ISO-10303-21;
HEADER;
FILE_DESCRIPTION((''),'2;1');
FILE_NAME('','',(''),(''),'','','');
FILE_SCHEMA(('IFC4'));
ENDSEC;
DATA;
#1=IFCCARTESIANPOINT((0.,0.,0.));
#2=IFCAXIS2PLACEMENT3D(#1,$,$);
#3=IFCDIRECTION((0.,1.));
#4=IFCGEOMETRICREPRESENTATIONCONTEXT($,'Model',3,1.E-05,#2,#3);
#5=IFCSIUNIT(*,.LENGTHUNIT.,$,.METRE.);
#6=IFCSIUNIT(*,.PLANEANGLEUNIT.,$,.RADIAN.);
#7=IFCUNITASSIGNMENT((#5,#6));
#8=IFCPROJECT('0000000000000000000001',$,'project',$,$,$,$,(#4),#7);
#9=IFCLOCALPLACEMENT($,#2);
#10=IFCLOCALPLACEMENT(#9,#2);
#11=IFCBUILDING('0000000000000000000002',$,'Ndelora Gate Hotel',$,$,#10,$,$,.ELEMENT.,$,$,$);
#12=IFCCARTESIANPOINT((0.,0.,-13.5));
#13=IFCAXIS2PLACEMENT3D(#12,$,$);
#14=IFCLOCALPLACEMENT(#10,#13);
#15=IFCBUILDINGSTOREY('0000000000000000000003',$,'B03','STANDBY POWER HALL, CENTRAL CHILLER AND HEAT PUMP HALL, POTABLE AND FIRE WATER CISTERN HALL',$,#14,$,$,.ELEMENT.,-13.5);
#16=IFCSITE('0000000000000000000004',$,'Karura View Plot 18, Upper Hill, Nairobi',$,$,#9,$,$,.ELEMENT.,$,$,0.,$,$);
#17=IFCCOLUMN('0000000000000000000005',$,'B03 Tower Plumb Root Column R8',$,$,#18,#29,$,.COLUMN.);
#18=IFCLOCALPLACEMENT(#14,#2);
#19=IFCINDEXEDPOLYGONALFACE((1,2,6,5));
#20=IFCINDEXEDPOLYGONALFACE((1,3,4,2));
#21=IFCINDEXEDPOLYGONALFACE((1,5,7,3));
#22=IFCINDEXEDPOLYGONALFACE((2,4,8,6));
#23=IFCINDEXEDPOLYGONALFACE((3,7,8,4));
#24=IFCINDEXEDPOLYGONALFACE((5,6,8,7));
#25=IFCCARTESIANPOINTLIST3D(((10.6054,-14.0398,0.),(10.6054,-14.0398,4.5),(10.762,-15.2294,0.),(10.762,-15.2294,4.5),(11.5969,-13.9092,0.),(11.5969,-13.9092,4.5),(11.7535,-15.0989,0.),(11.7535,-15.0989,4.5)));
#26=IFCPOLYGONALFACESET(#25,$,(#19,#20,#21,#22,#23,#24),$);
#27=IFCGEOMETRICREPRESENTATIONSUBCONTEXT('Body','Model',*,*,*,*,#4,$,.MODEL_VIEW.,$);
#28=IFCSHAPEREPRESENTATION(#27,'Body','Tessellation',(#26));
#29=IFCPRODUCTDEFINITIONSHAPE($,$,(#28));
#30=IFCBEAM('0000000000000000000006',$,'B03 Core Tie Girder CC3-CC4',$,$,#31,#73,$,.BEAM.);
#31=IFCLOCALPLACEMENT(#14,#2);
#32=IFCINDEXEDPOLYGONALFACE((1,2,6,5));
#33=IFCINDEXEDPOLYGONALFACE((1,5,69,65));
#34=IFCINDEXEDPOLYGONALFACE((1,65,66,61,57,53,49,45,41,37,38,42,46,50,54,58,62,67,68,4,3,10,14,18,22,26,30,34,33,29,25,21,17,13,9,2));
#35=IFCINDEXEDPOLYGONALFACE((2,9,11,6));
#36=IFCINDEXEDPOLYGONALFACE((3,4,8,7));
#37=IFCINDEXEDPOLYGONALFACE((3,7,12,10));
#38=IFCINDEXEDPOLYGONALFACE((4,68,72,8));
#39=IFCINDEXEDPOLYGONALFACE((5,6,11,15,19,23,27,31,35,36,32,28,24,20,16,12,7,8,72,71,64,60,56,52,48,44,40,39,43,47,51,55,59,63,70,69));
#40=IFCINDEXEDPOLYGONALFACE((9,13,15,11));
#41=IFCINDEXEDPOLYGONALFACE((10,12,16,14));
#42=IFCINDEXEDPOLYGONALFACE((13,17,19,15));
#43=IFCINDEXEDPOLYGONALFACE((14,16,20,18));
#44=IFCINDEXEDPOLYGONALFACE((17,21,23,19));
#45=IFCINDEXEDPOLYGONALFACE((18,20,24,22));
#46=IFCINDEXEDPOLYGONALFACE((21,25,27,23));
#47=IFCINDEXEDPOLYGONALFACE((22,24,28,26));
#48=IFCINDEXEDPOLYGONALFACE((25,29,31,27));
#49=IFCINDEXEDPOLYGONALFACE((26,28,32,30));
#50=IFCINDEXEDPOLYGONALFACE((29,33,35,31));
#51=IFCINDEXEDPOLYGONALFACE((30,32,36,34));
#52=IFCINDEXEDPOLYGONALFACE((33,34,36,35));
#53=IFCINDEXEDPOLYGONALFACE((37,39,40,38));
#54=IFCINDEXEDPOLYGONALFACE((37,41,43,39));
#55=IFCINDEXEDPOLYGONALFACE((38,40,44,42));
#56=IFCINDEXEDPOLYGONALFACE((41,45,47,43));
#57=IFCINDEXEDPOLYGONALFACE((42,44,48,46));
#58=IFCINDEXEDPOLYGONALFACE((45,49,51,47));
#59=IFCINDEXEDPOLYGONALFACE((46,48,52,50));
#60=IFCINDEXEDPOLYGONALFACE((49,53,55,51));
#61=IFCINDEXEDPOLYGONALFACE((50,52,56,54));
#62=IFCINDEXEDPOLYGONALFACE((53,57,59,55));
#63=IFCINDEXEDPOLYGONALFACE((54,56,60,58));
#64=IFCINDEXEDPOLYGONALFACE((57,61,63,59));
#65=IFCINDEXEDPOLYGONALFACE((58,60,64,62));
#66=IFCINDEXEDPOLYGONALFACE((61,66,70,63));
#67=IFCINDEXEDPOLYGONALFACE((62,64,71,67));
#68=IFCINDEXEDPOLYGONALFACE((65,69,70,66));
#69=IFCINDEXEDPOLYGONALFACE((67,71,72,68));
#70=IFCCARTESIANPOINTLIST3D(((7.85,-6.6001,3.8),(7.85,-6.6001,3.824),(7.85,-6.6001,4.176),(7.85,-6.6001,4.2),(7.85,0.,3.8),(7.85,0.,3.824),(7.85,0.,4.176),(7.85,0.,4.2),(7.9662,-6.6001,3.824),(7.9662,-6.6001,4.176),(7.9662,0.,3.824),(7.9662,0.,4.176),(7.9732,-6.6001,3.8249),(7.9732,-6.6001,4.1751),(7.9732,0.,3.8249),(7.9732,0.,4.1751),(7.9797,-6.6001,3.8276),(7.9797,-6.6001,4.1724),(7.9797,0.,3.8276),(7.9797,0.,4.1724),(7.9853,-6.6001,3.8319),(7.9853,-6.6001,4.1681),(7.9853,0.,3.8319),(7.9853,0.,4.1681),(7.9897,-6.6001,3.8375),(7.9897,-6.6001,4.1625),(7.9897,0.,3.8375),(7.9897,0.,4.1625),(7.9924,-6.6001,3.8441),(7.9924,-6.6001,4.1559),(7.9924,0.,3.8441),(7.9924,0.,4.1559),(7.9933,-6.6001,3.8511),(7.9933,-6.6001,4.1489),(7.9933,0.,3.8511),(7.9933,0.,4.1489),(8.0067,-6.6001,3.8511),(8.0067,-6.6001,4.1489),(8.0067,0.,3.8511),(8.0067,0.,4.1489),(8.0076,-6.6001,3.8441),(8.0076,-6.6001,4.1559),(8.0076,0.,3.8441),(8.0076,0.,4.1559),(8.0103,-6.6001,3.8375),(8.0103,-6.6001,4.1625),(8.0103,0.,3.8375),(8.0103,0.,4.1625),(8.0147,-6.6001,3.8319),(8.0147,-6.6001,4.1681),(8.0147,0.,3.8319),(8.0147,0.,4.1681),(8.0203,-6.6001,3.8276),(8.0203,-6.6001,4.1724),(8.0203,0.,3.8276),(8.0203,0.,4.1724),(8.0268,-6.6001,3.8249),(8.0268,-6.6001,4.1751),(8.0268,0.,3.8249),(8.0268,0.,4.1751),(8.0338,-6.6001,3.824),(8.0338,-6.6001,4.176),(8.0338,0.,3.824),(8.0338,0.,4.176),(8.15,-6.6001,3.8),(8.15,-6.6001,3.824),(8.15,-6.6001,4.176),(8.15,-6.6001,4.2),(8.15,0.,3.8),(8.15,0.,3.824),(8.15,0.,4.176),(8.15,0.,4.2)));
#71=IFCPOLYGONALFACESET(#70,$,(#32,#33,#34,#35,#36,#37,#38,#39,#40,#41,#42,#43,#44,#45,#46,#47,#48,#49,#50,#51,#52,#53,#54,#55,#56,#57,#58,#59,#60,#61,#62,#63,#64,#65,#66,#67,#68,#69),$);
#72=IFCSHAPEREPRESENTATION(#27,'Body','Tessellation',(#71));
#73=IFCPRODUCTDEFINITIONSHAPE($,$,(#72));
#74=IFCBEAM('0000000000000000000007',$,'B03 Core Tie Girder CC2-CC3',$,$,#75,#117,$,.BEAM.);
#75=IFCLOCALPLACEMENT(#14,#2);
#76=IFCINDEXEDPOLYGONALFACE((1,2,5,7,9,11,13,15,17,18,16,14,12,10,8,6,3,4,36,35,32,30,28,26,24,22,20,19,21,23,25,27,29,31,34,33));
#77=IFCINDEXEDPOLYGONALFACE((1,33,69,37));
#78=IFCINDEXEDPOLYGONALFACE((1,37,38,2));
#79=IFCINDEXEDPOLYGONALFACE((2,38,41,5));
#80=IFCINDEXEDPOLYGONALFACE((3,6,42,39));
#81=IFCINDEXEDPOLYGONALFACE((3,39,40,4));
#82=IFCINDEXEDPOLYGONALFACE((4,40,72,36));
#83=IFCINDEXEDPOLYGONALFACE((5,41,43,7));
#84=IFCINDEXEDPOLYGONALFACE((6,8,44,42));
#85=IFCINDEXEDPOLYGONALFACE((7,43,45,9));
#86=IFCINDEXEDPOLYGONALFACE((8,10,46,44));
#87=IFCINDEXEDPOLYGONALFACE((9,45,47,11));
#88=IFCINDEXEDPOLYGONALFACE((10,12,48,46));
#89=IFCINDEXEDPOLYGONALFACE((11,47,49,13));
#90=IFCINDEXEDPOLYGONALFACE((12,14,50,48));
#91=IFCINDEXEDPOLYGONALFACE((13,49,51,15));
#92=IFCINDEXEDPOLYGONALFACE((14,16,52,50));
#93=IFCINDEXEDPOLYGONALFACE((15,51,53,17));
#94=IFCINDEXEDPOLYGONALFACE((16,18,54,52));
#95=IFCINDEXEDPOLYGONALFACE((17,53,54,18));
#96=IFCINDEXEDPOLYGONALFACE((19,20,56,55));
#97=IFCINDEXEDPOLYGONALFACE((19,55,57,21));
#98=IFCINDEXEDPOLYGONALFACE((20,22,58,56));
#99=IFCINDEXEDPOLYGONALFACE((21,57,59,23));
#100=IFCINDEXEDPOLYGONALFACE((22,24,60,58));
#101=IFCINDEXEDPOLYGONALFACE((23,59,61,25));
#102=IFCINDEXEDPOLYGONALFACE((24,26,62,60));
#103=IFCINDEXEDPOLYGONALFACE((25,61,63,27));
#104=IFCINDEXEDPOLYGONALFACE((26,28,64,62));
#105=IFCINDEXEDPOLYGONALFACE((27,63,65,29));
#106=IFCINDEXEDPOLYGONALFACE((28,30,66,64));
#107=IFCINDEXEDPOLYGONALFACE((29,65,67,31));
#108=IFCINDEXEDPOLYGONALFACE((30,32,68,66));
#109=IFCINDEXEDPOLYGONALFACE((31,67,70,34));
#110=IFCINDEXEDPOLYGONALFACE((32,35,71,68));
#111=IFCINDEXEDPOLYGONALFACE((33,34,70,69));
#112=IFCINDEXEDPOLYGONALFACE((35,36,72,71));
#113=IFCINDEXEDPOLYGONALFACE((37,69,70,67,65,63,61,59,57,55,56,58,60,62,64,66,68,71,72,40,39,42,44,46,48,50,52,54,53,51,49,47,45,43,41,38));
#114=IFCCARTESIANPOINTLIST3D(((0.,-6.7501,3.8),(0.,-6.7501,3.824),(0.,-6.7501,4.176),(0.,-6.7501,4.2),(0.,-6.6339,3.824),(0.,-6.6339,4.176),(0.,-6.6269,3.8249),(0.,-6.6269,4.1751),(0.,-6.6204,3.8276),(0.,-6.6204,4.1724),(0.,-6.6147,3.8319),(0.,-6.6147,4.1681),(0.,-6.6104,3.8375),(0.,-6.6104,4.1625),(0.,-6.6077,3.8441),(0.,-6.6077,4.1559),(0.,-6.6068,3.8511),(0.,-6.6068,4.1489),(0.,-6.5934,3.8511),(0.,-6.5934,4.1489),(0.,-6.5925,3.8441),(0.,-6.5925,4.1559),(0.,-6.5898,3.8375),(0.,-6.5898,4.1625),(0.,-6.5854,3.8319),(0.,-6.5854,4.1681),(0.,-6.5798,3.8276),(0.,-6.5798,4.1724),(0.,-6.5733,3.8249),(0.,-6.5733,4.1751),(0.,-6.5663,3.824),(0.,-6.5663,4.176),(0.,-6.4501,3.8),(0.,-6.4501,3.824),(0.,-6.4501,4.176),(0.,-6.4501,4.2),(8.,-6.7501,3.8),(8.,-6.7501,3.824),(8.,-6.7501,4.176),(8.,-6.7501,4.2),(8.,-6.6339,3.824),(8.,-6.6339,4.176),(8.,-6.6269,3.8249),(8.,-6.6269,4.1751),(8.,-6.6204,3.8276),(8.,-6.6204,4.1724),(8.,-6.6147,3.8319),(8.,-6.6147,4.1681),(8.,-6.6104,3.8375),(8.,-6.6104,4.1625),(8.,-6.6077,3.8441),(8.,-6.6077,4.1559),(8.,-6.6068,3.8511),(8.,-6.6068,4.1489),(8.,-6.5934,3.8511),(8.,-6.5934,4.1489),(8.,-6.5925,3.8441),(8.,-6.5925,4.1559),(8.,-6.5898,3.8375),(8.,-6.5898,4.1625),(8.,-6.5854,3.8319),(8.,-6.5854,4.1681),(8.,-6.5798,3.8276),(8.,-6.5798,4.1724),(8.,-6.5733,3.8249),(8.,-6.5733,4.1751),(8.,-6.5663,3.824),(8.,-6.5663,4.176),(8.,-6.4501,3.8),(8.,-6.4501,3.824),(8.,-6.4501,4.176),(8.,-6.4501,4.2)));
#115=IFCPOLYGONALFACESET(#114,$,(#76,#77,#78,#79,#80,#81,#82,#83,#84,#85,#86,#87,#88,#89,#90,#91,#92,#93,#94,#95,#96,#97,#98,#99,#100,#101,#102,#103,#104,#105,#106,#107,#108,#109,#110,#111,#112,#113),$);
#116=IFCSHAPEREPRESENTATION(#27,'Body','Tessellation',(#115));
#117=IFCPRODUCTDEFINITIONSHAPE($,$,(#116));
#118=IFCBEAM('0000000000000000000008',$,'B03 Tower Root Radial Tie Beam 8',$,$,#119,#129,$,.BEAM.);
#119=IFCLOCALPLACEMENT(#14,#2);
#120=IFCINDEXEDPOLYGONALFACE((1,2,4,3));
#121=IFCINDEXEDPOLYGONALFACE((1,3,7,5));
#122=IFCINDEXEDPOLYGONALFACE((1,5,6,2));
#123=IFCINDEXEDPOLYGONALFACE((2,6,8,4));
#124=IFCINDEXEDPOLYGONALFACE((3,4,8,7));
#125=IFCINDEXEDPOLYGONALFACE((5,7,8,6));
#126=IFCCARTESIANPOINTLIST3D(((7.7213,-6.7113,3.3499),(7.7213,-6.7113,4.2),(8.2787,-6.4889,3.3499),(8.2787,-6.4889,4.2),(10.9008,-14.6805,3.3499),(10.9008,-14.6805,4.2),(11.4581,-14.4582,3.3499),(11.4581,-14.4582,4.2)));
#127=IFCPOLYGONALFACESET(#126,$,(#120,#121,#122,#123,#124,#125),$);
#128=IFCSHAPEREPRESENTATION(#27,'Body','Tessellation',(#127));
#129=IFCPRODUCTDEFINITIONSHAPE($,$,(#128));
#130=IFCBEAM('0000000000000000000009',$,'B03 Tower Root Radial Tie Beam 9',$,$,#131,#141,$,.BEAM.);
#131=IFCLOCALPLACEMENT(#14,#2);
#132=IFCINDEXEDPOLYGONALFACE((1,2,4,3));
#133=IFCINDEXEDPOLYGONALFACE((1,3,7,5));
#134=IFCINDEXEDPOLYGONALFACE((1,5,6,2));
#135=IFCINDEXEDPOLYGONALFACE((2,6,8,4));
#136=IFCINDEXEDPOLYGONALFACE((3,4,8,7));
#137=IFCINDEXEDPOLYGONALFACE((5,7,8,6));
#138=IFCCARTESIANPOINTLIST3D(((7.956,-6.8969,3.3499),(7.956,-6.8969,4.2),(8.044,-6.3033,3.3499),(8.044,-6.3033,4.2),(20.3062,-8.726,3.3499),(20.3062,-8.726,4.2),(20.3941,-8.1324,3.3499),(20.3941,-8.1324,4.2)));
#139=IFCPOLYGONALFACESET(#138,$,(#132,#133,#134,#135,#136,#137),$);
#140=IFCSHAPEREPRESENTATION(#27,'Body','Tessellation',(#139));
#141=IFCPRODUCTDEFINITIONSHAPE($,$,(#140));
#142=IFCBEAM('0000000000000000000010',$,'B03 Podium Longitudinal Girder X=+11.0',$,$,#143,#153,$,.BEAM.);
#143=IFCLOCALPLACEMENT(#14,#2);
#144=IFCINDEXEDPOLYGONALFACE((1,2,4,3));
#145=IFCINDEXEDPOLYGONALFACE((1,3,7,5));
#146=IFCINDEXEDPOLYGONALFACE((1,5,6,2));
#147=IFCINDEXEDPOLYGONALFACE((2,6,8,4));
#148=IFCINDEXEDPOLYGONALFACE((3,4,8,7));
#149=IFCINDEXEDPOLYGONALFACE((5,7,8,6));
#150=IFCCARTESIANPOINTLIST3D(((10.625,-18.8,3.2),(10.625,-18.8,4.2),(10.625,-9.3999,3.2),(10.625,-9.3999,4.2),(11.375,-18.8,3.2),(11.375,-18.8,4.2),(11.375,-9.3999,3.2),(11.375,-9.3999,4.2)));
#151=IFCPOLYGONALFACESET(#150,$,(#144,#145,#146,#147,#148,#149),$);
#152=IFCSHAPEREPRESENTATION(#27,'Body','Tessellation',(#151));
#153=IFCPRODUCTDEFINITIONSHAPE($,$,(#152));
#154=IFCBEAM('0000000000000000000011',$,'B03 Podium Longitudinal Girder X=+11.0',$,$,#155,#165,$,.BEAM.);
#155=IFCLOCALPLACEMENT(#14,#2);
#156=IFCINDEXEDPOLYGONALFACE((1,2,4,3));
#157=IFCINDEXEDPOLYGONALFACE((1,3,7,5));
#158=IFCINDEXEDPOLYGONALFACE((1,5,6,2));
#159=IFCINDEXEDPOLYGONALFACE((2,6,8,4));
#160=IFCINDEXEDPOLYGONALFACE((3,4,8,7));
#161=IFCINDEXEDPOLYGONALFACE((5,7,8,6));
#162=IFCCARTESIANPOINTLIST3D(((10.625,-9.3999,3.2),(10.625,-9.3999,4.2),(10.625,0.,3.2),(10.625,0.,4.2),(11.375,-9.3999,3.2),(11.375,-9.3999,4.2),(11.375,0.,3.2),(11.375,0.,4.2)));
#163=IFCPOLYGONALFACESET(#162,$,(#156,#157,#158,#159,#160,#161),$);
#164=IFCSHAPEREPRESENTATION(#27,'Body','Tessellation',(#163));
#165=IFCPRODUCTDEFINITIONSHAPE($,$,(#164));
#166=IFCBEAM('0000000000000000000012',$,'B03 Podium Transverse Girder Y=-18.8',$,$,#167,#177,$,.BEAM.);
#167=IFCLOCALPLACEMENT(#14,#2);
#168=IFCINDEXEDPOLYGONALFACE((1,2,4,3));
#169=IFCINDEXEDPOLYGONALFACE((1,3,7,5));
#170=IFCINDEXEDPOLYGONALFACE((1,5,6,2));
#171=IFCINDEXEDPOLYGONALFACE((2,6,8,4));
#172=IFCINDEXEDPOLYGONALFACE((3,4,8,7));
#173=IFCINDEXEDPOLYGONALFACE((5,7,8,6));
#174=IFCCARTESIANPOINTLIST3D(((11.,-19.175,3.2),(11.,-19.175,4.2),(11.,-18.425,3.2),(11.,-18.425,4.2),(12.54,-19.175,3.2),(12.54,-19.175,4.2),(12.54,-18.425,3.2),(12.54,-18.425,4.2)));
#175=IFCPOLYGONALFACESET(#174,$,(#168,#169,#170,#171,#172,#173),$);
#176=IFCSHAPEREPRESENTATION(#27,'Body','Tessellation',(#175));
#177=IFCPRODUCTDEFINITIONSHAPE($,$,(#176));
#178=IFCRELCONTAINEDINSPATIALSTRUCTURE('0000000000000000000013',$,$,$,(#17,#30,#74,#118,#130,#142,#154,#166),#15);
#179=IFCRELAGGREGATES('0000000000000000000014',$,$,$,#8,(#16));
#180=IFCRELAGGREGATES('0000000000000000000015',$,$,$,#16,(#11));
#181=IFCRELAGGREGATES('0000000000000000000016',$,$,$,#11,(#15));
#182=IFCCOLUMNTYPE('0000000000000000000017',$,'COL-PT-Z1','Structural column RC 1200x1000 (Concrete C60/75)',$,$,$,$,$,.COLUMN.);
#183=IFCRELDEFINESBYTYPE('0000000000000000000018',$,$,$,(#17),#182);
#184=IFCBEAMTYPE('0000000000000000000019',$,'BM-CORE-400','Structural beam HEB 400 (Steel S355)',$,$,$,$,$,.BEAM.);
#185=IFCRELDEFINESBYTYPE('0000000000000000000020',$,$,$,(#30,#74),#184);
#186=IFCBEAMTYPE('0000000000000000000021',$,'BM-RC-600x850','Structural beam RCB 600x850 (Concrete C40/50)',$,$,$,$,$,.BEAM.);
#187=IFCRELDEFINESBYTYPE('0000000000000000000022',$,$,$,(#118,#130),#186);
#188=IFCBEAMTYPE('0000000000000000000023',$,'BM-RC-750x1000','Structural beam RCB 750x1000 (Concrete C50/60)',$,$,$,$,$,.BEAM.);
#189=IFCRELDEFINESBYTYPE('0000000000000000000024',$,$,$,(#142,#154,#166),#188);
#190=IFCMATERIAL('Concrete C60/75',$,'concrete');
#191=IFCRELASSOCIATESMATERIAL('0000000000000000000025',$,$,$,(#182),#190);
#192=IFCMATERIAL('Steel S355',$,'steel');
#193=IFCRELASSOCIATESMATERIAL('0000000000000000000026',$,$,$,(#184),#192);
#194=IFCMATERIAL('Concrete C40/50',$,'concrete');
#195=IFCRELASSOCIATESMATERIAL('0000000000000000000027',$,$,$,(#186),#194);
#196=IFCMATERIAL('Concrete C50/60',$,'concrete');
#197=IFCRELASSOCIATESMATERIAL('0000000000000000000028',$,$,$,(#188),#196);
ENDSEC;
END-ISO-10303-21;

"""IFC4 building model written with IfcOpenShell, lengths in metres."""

from ifc_helpers import new_model, si_unit, direction, frame, origin, origin_2d, place, context, subcontext, project, spatial, rectangle, i_section, extrude, material, material_profile, profile_set, type_object, element, save


model = new_model("IFC4")

# Units and contexts
model_context = context("Model", 3, precision=1e-05, world=origin(), true_north=direction((0.0, 1.0)))
body_context = subcontext(model_context, "Body", "Model", "MODEL_VIEW")
ifc_project = project(units=[si_unit("LENGTHUNIT", "METRE"), si_unit("PLANEANGLEUNIT", "RADIAN")], contexts=[model_context])

# Site, building, storey
site_placement = place(None, origin())
site = spatial("IfcSite", under=ifc_project, at=site_placement, Name="Karura View Plot 18, Upper Hill, Nairobi", CompositionType="ELEMENT", RefElevation=0.0)
building_placement = place(site_placement, origin())
building = spatial("IfcBuilding", under=site, at=building_placement, Name="Ndelora Gate Hotel", CompositionType="ELEMENT")
storey_placement = place(building_placement, frame((0.0, 0.0, -13.5)))
storey = spatial("IfcBuildingStorey", under=building, at=storey_placement, Name="B03", Description="STANDBY POWER HALL, CENTRAL CHILLER AND HEAT PUMP HALL, POTABLE AND FIRE WATER CISTERN HALL", CompositionType="ELEMENT", Elevation=-13.5)

# Shared definitions
ifc_material_1 = material(Name="Concrete C40/50", Category="concrete")

# Column
ifc_material_2 = material(Name="Concrete C60/75", Category="concrete")
ifc_material_profile_1 = material_profile(ifc_material_2, rectangle(XDim=1.0, YDim=1.2, at=origin_2d()), Name="RC 1200x1000")
ifc_profile_set_1 = profile_set([ifc_material_profile_1], Name="Concrete C60/75")
column_type_1 = type_object("IfcColumnType", Name="COL-PT-Z1", Description="Structural column RC 1200x1000 (Concrete C60/75)", PredefinedType="COLUMN", material=ifc_profile_set_1)
column_1_placement = place(storey_placement, frame((11.1794, -14.5693, 0.0), z_axis=(0.0, 0.0, 1.0), x_axis=(0.991445, 0.130526, 0.0)))
element("IfcColumn", 1, at=column_1_placement, inside=storey, type_object=column_type_1, Name="B03 Tower Plumb Root Column R8", PredefinedType="COLUMN", context=body_context, shape_type="SweptSolid", body=[
    extrude(rectangle(XDim=1.0, YDim=1.2, at=origin_2d()), origin(), (0.0, 0.0, 1.0), 4.5),
])

# Beams
ifc_material_3 = material(Name="Steel S355", Category="steel")
ifc_material_profile_2 = material_profile(ifc_material_3, i_section(OverallWidth=0.3, OverallDepth=0.3999, WebThickness=0.0134, FlangeThickness=0.0239, FilletRadius=0.0271, at=origin_2d()), Name="HEB 400")
ifc_profile_set_2 = profile_set([ifc_material_profile_2], Name="Steel S355")
beam_type_1 = type_object("IfcBeamType", Name="BM-CORE-400", Description="Structural beam HEB 400 (Steel S355)", PredefinedType="BEAM", material=ifc_profile_set_2)
beam_1_placement = place(storey_placement, frame((8.0, -6.6001, 4.0), z_axis=(0.0, 1.0, 0.0), x_axis=(-1.0, 0.0, 0.0)))
element("IfcBeam", 2, at=beam_1_placement, inside=storey, type_object=beam_type_1, Name="B03 Core Tie Girder CC3-CC4", PredefinedType="BEAM", context=body_context, shape_type="SweptSolid", body=[
    extrude(i_section(OverallWidth=0.3, OverallDepth=0.3999, WebThickness=0.0134, FlangeThickness=0.0239, FilletRadius=0.0271, at=origin_2d()), origin(), (0.0, 0.0, 1.0), 6.6001),
])
beam_2_placement = place(storey_placement, frame((0.0, -6.6001, 4.0), z_axis=(1.0, 0.0, 0.0), x_axis=(0.0, 1.0, 0.0)))
element("IfcBeam", 3, at=beam_2_placement, inside=storey, type_object=beam_type_1, Name="B03 Core Tie Girder CC2-CC3", PredefinedType="BEAM", context=body_context, shape_type="SweptSolid", body=[
    extrude(i_section(OverallWidth=0.3, OverallDepth=0.3999, WebThickness=0.0134, FlangeThickness=0.0239, FilletRadius=0.0271, at=origin_2d()), origin(), (0.0, 0.0, 1.0), 8.0),
])
ifc_material_profile_3 = material_profile(ifc_material_1, rectangle(XDim=0.6001, YDim=0.8501, at=origin_2d()), Name="RCB 600x850")
ifc_profile_set_3 = profile_set([ifc_material_profile_3], Name="Concrete C40/50")
beam_type_2 = type_object("IfcBeamType", Name="BM-RC-600x850", Description="Structural beam RCB 600x850 (Concrete C40/50)", PredefinedType="BEAM", material=ifc_profile_set_3)
beam_3_placement = place(storey_placement, frame((8.0, -6.6001, 3.7749), z_axis=(0.370561, -0.928808, 0.0), x_axis=(0.928808, 0.370561, 0.0)))
element("IfcBeam", 4, at=beam_3_placement, inside=storey, type_object=beam_type_2, Name="B03 Tower Root Radial Tie Beam 8", PredefinedType="BEAM", context=body_context, shape_type="SweptSolid", body=[
    extrude(rectangle(XDim=0.6001, YDim=0.8501, at=origin_2d()), origin(), (0.0, 0.0, 1.0), 8.5801),
])
beam_4_placement = place(storey_placement, frame((8.0, -6.6001, 3.7749), z_axis=(0.98921, -0.146506, 0.0), x_axis=(0.146506, 0.98921, 0.0)))
element("IfcBeam", 5, at=beam_4_placement, inside=storey, type_object=beam_type_2, Name="B03 Tower Root Radial Tie Beam 9", PredefinedType="BEAM", context=body_context, shape_type="SweptSolid", body=[
    extrude(rectangle(XDim=0.6001, YDim=0.8501, at=origin_2d()), origin(), (0.0, 0.0, 1.0), 12.4849),
])
ifc_material_4 = material(Name="Concrete C50/60", Category="concrete")
ifc_material_profile_4 = material_profile(ifc_material_4, rectangle(XDim=0.75, YDim=1.0, at=origin_2d()), Name="RCB 750x1000")
ifc_profile_set_4 = profile_set([ifc_material_profile_4], Name="Concrete C50/60")
beam_type_3 = type_object("IfcBeamType", Name="BM-RC-750x1000", Description="Structural beam RCB 750x1000 (Concrete C50/60)", PredefinedType="BEAM", material=ifc_profile_set_4)
beam_5_placement = place(storey_placement, frame((11.0, -18.8, 3.7), z_axis=(0.0, 1.0, 0.0), x_axis=(-1.0, 0.0, 0.0)))
element("IfcBeam", 6, at=beam_5_placement, inside=storey, type_object=beam_type_3, Name="B03 Podium Longitudinal Girder X=+11.0", PredefinedType="BEAM", context=body_context, shape_type="SweptSolid", body=[
    extrude(rectangle(XDim=0.75, YDim=1.0, at=origin_2d()), origin(), (0.0, 0.0, 1.0), 9.4001),
])
beam_6_placement = place(storey_placement, frame((11.0, -9.3999, 3.7), z_axis=(0.0, 1.0, 0.0), x_axis=(-1.0, 0.0, 0.0)))
element("IfcBeam", 7, at=beam_6_placement, inside=storey, type_object=beam_type_3, Name="B03 Podium Longitudinal Girder X=+11.0", PredefinedType="BEAM", context=body_context, shape_type="SweptSolid", body=[
    extrude(rectangle(XDim=0.75, YDim=1.0, at=origin_2d()), origin(), (0.0, 0.0, 1.0), 9.3999),
])
beam_7_placement = place(storey_placement, frame((11.0, -18.8, 3.7), z_axis=(1.0, 0.0, 0.0), x_axis=(0.0, 1.0, 0.0)))
element("IfcBeam", 8, at=beam_7_placement, inside=storey, type_object=beam_type_3, Name="B03 Podium Transverse Girder Y=-18.8", PredefinedType="BEAM", context=body_context, shape_type="SweptSolid", body=[
    extrude(rectangle(XDim=0.75, YDim=1.0, at=origin_2d()), origin(), (0.0, 0.0, 1.0), 1.54),
])

save(model, "model.ifc")
